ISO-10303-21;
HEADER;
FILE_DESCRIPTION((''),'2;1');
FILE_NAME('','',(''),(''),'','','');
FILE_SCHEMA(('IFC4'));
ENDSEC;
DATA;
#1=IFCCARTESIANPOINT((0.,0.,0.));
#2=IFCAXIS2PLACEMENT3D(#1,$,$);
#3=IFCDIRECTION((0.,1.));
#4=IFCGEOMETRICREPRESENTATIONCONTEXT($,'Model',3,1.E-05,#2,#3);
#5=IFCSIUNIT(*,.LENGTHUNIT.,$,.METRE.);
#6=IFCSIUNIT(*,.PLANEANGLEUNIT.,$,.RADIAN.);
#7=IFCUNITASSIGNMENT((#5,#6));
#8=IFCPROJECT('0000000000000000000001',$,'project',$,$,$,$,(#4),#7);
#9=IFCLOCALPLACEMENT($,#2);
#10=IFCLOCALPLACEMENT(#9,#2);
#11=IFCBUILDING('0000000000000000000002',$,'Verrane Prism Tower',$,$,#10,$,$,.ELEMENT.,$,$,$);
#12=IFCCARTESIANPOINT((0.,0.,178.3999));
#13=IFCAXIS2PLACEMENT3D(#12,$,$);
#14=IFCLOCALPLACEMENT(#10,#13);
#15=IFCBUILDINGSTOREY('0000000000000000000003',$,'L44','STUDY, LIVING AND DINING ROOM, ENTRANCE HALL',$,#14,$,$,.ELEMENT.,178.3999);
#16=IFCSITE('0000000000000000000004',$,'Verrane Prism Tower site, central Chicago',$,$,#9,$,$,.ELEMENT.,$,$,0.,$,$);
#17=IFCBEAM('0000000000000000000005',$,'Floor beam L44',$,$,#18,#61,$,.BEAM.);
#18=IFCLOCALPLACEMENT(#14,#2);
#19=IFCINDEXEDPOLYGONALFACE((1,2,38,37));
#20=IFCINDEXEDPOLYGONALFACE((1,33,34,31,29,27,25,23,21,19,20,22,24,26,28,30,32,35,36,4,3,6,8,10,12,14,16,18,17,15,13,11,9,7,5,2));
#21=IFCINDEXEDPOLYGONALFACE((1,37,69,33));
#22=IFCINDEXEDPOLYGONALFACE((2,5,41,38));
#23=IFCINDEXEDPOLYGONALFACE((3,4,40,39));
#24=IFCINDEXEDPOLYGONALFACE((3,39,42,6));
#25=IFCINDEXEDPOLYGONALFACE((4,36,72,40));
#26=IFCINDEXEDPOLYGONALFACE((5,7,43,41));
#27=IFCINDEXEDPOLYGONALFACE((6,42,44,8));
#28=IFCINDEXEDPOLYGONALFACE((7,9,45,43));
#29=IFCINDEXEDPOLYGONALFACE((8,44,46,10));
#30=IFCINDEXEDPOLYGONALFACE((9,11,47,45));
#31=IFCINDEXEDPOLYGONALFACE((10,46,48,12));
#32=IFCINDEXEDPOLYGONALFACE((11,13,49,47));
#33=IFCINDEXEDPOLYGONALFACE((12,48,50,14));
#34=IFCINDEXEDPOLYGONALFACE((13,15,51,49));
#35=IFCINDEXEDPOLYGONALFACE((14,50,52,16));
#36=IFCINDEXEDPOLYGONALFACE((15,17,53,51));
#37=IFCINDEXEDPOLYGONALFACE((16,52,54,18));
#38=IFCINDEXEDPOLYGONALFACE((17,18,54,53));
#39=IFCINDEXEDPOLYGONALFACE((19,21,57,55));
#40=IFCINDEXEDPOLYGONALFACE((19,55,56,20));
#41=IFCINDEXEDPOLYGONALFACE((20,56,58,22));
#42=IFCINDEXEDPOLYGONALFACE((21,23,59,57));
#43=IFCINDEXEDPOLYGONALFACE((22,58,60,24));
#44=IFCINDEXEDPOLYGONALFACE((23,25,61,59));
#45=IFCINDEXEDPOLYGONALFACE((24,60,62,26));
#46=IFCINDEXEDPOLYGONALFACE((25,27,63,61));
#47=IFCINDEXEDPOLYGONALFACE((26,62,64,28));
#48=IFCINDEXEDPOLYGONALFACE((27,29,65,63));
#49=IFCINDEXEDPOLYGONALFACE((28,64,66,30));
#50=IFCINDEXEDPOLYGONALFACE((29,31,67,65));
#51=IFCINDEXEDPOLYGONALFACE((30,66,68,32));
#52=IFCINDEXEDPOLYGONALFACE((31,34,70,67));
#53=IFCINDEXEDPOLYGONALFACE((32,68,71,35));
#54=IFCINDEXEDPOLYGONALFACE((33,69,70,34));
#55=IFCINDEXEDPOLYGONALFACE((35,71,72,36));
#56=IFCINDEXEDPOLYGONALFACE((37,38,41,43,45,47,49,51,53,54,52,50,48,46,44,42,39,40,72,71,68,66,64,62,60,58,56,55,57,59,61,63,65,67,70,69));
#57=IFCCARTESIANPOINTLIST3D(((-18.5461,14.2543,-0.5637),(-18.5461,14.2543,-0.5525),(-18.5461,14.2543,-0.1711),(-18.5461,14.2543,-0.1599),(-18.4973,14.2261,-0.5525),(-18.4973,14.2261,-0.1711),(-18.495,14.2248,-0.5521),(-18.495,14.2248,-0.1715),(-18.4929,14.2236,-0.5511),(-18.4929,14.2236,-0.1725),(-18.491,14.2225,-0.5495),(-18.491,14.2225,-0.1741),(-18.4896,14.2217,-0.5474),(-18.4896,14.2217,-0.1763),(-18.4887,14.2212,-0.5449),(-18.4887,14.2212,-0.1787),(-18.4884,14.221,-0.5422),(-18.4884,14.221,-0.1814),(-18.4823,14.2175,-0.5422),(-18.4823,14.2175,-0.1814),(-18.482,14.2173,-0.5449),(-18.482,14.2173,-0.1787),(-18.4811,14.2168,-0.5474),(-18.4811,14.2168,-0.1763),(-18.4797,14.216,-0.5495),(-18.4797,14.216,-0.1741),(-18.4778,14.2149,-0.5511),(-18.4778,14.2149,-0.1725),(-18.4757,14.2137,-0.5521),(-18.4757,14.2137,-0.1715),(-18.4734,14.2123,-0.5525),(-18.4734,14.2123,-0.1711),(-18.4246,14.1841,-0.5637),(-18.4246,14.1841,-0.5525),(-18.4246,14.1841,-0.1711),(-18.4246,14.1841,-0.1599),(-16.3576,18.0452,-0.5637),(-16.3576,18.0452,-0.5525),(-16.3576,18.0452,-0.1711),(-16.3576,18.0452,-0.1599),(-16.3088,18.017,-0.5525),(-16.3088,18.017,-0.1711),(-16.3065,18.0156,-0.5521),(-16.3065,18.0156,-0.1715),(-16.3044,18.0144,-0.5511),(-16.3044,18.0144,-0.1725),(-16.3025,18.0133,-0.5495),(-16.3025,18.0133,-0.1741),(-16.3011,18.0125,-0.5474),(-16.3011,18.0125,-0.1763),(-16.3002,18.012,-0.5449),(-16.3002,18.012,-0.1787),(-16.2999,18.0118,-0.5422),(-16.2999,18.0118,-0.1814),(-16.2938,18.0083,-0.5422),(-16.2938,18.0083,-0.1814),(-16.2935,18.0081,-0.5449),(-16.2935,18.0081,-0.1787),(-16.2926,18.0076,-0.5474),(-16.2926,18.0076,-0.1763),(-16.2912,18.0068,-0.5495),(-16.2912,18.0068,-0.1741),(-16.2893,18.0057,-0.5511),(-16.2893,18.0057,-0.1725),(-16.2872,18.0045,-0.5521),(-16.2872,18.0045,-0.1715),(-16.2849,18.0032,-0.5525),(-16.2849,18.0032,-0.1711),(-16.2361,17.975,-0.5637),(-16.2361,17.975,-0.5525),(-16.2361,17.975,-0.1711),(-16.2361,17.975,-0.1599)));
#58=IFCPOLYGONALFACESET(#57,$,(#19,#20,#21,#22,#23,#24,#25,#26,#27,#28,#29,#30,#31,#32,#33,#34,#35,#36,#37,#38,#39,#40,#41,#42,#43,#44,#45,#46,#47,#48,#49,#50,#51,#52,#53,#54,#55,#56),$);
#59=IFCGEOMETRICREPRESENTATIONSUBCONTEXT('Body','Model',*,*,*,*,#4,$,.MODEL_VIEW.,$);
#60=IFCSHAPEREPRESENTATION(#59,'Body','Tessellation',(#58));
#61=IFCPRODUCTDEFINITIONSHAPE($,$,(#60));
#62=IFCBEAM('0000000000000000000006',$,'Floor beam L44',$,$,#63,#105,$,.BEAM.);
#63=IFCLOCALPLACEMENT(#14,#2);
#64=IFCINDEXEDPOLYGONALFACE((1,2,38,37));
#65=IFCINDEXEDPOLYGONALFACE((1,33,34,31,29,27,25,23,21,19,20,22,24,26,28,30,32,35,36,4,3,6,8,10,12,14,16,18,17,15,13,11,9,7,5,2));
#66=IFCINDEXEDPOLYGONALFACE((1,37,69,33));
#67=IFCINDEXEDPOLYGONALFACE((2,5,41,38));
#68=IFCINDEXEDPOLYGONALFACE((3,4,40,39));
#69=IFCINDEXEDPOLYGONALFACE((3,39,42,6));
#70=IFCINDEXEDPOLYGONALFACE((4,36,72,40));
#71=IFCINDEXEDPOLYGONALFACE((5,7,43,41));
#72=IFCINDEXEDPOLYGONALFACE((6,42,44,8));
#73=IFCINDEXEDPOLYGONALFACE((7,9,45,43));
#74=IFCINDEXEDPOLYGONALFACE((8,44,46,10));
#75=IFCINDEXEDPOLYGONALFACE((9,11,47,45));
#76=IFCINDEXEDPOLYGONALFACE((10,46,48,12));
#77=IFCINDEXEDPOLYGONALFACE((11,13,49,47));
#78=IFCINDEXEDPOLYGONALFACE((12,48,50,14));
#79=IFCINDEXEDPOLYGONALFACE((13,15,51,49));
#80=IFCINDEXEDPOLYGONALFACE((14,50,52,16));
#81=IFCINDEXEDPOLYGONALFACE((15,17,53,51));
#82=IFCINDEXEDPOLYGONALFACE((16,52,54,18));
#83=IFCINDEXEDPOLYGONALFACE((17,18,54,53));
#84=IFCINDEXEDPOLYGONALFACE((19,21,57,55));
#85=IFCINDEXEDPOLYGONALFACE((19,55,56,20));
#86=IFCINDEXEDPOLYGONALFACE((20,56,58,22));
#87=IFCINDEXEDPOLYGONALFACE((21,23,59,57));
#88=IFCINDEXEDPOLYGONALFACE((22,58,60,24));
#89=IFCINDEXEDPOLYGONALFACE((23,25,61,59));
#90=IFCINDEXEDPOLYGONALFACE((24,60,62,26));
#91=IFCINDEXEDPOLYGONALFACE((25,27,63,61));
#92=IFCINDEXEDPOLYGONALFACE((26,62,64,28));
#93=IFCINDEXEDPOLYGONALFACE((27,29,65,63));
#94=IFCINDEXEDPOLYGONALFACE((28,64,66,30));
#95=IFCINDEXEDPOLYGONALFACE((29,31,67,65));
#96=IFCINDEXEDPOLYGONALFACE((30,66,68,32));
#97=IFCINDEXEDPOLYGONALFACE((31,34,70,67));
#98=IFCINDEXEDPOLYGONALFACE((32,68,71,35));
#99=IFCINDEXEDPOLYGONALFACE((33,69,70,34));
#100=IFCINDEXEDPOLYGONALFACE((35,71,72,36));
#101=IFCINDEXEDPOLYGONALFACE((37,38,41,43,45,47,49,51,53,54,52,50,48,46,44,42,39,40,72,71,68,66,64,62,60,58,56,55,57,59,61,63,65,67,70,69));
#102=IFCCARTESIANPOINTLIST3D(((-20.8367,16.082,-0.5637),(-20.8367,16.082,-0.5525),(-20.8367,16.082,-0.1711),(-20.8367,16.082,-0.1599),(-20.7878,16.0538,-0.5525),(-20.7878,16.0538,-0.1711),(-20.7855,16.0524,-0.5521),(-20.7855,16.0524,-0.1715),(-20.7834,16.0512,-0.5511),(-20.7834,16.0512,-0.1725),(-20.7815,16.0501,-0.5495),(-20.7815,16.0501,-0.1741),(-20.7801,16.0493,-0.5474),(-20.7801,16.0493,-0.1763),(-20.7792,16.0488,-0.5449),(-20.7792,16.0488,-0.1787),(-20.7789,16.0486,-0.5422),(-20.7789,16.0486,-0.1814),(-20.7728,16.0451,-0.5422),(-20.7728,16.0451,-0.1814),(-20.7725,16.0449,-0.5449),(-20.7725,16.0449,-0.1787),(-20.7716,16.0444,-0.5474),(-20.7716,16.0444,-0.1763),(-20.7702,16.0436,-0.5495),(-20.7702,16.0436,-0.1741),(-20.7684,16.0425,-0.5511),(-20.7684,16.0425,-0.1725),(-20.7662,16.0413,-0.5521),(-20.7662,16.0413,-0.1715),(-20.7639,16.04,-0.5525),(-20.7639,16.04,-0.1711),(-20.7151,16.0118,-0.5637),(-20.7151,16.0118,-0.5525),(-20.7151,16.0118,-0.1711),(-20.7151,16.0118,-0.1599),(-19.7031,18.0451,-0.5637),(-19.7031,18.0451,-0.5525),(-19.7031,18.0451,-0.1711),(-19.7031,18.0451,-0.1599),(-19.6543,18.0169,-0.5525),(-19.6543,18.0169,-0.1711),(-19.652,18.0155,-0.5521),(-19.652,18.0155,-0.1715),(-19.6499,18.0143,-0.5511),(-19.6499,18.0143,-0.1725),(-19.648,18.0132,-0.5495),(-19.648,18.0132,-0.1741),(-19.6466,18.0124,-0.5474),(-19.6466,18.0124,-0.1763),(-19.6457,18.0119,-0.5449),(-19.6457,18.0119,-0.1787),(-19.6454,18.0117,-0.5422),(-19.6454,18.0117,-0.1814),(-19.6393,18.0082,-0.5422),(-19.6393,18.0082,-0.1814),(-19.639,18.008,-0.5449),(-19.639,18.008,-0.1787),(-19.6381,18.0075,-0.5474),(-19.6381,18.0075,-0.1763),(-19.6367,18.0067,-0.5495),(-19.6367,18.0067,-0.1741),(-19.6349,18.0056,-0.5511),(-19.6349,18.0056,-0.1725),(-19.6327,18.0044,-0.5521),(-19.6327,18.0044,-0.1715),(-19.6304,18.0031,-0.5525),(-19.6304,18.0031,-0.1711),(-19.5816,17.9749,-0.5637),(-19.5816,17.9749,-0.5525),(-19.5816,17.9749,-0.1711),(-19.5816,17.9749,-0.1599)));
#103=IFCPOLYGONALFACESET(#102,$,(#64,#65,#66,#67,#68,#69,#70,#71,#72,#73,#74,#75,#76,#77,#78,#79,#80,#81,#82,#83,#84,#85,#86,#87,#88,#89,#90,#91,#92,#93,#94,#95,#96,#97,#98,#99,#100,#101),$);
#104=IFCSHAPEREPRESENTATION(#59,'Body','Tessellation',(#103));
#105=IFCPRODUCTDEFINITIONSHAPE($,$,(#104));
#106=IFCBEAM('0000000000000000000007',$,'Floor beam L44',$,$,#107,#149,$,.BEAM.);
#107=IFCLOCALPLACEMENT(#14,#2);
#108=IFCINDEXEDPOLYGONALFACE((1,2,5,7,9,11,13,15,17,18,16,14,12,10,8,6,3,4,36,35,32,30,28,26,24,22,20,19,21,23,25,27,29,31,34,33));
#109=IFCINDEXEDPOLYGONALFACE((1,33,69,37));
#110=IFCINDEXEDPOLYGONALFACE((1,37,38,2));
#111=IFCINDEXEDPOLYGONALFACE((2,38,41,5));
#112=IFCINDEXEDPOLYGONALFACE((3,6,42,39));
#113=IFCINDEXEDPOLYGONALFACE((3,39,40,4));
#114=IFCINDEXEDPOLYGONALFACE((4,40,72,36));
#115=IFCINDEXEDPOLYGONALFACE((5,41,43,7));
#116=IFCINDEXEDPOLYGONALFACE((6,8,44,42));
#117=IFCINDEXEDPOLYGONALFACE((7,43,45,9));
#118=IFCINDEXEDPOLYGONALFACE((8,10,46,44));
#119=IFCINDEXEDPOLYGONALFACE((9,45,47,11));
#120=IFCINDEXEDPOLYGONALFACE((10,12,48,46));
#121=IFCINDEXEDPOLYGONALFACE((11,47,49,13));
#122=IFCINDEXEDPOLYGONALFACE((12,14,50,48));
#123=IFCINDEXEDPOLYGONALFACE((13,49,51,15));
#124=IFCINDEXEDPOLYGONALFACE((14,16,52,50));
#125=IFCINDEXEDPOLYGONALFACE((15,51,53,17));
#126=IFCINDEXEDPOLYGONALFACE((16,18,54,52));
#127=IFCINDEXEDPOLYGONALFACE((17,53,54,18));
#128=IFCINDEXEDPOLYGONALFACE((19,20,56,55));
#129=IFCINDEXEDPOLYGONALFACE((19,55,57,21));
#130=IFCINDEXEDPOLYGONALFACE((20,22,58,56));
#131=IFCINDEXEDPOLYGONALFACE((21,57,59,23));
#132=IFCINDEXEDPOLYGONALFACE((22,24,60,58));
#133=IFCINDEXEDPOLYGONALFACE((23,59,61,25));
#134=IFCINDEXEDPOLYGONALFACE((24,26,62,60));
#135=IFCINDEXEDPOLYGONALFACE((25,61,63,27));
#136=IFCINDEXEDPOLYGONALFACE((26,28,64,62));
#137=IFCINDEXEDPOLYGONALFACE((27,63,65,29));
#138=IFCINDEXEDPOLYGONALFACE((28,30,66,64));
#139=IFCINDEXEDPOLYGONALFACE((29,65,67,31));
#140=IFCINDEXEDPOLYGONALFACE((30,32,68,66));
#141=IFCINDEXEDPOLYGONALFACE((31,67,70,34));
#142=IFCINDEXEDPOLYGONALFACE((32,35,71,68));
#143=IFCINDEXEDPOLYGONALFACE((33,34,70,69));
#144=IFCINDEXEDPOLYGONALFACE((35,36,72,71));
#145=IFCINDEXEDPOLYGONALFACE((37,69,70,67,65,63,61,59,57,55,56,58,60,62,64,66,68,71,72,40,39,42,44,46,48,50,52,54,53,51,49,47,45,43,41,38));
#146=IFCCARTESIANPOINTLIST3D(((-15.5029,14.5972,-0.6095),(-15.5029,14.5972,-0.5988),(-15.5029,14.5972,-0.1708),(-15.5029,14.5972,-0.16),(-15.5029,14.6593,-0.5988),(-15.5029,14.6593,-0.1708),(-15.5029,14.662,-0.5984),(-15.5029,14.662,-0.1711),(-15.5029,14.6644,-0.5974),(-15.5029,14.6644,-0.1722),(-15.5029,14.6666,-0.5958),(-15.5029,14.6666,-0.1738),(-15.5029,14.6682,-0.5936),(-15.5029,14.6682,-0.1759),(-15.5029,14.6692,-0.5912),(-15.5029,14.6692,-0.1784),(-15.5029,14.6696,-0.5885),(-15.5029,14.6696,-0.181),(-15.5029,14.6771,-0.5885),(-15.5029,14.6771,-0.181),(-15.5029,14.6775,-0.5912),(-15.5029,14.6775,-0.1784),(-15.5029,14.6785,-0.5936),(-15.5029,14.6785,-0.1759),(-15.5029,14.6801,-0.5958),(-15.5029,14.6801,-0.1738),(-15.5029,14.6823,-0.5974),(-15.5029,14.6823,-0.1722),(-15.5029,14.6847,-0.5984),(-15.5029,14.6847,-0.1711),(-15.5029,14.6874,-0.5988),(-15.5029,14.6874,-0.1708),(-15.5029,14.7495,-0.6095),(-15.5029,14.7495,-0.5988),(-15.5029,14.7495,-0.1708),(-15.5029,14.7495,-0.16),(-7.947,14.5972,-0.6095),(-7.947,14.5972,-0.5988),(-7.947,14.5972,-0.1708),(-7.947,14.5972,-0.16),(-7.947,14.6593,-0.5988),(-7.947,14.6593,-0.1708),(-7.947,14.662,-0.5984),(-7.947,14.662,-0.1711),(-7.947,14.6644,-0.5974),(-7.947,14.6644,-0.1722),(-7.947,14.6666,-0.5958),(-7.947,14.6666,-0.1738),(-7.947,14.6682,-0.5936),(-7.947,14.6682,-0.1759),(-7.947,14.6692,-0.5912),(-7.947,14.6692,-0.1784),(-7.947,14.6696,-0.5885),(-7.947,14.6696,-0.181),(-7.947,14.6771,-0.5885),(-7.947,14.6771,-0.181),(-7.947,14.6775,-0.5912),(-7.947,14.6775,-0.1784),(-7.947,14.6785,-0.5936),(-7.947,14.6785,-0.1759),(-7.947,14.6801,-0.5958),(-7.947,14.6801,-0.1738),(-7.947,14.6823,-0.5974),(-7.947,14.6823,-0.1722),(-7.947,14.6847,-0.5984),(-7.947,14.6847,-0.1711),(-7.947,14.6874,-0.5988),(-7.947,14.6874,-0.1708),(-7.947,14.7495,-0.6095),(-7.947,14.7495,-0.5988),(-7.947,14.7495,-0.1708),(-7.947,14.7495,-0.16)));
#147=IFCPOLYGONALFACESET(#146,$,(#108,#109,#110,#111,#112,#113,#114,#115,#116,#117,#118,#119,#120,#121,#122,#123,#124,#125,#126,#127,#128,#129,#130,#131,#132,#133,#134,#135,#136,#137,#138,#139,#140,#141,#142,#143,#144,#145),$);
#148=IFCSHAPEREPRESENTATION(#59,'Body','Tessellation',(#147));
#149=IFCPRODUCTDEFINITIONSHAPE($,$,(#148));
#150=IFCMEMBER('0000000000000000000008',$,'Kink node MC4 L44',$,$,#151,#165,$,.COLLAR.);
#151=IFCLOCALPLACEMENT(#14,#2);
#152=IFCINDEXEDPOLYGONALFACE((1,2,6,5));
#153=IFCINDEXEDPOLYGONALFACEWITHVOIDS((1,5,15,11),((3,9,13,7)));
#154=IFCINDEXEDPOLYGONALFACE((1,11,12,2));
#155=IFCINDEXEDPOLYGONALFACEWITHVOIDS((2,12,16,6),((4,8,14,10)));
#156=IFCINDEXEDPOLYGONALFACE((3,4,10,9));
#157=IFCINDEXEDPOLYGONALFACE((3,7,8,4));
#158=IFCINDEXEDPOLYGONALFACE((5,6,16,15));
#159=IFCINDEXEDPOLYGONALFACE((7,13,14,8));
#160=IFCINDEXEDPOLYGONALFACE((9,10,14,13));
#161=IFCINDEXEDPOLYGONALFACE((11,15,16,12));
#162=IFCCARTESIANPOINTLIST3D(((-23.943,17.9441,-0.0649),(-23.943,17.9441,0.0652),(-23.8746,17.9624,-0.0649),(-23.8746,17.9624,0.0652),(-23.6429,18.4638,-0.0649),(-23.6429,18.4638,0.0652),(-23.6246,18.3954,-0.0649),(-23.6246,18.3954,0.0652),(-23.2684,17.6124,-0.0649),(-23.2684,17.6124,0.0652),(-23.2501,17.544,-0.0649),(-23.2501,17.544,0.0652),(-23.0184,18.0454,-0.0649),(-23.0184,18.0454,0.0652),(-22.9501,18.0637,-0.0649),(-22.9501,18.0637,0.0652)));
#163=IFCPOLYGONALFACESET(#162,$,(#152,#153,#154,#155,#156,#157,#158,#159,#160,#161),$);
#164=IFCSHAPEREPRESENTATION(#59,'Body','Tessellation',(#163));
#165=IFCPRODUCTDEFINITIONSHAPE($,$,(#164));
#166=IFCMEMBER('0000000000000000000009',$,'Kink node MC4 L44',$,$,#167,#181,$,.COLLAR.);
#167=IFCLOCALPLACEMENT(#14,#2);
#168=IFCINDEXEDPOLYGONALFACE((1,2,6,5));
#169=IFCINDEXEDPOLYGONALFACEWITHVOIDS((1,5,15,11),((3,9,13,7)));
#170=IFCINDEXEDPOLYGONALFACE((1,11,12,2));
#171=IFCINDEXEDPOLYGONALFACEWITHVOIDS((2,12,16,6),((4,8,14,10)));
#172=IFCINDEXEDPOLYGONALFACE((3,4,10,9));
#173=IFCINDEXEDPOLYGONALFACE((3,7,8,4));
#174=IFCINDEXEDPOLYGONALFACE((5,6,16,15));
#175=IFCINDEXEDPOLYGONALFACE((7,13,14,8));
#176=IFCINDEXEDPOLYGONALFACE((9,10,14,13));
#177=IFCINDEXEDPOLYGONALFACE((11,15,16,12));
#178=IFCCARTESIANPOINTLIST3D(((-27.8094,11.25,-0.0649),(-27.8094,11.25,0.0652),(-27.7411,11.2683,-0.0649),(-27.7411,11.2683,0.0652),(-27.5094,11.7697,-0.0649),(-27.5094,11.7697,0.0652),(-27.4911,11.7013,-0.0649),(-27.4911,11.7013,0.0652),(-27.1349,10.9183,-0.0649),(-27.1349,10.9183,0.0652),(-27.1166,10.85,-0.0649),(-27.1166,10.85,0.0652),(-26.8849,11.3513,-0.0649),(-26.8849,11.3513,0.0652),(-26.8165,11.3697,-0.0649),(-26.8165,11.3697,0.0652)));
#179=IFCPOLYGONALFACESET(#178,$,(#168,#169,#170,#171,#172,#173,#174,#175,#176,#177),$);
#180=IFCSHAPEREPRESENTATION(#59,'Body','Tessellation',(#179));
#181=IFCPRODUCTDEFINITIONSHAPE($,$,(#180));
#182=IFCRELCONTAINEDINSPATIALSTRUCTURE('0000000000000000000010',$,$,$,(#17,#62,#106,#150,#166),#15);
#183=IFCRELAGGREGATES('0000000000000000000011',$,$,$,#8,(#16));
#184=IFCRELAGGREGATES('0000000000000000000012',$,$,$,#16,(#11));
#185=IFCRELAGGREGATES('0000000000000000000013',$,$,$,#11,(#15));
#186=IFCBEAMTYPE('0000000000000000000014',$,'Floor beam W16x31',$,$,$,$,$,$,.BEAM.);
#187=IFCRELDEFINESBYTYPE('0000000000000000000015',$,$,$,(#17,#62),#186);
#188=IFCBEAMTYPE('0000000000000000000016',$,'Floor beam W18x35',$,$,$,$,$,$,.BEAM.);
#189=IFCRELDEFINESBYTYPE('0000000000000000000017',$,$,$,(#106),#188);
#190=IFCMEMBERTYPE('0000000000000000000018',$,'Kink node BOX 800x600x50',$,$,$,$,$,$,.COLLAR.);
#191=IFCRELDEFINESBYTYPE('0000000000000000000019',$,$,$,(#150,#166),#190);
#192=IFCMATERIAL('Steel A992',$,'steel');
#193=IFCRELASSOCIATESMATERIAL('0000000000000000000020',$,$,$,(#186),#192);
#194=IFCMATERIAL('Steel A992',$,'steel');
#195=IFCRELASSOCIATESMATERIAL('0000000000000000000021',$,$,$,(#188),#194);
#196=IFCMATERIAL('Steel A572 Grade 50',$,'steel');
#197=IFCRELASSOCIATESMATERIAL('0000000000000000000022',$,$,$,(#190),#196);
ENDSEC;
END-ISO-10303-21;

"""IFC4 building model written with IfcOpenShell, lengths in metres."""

from ifc_helpers import new_model, si_unit, direction, frame, origin, origin_2d, place, context, subcontext, project, spatial, hollow_rectangle, i_section, extrude, material, material_profile, profile_set, type_object, element, save


model = new_model("IFC4")

# Units and contexts
model_context = context("Model", 3, precision=1e-05, world=origin(), true_north=direction((0.0, 1.0)))
body_context = subcontext(model_context, "Body", "Model", "MODEL_VIEW")
ifc_project = project(units=[si_unit("LENGTHUNIT", "METRE"), si_unit("PLANEANGLEUNIT", "RADIAN")], contexts=[model_context])

# Site, building, storey
site_placement = place(None, origin())
site = spatial("IfcSite", under=ifc_project, at=site_placement, Name="Verrane Prism Tower site, central Chicago", CompositionType="ELEMENT", RefElevation=0.0)
building_placement = place(site_placement, origin())
building = spatial("IfcBuilding", under=site, at=building_placement, Name="Verrane Prism Tower", CompositionType="ELEMENT")
storey_placement = place(building_placement, frame((0.0, 0.0, 178.3999)))
storey = spatial("IfcBuildingStorey", under=building, at=storey_placement, Name="L44", Description="STUDY, LIVING AND DINING ROOM, ENTRANCE HALL", CompositionType="ELEMENT", Elevation=178.3999)

# Beams
ifc_material_1 = material(Name="Steel A992", Category="steel")
ifc_material_profile_1 = material_profile(ifc_material_1, i_section(OverallWidth=0.1404, OverallDepth=0.4038, WebThickness=0.0071, FlangeThickness=0.0112, FilletRadius=0.0103, at=origin_2d()), Name="W16x31")
ifc_profile_set_1 = profile_set([ifc_material_profile_1], Name="Steel A992")
beam_type_1 = type_object("IfcBeamType", Name="Floor beam W16x31", PredefinedType="BEAM", material=ifc_profile_set_1)
beam_1_placement = place(storey_placement, frame((-18.4854, 14.2192, -0.3618), z_axis=(0.499978, 0.866038, 0.0), x_axis=(-0.866038, 0.499978, 0.0)))
element("IfcBeam", 1, at=beam_1_placement, inside=storey, type_object=beam_type_1, Name="Floor beam L44", PredefinedType="BEAM", context=body_context, shape_type="SweptSolid", body=[
    extrude(i_section(OverallWidth=0.1404, OverallDepth=0.4038, WebThickness=0.0071, FlangeThickness=0.0112, FilletRadius=0.0103, at=origin_2d()), origin(), (0.0, 0.0, 1.0), 4.3772),
])
beam_2_placement = place(storey_placement, frame((-20.7759, 16.0469, -0.3618), z_axis=(0.500043, 0.866001, 0.0), x_axis=(-0.866001, 0.500043, 0.0)))
element("IfcBeam", 2, at=beam_2_placement, inside=storey, type_object=beam_type_1, Name="Floor beam L44", PredefinedType="BEAM", context=body_context, shape_type="SweptSolid", body=[
    extrude(i_section(OverallWidth=0.1404, OverallDepth=0.4038, WebThickness=0.0071, FlangeThickness=0.0112, FilletRadius=0.0103, at=origin_2d()), origin(), (0.0, 0.0, 1.0), 2.2668),
])
ifc_material_2 = material(Name="Steel A992", Category="steel")
ifc_material_profile_2 = material_profile(ifc_material_2, i_section(OverallWidth=0.1523, OverallDepth=0.4495, WebThickness=0.0076, FlangeThickness=0.0107, FilletRadius=0.0103, at=origin_2d()), Name="W18x35")
ifc_profile_set_2 = profile_set([ifc_material_profile_2], Name="Steel A992")
beam_type_2 = type_object("IfcBeamType", Name="Floor beam W18x35", PredefinedType="BEAM", material=ifc_profile_set_2)
beam_3_placement = place(storey_placement, frame((-15.5029, 14.6733, -0.3848), z_axis=(1.0, 0.0, 0.0), x_axis=(0.0, 1.0, 0.0)))
element("IfcBeam", 3, at=beam_3_placement, inside=storey, type_object=beam_type_2, Name="Floor beam L44", PredefinedType="BEAM", context=body_context, shape_type="SweptSolid", body=[
    extrude(i_section(OverallWidth=0.1523, OverallDepth=0.4495, WebThickness=0.0076, FlangeThickness=0.0107, FilletRadius=0.0103, at=origin_2d()), origin(), (0.0, 0.0, 1.0), 7.5559),
])

# Members
ifc_material_3 = material(Name="Steel A572 Grade 50", Category="steel")
ifc_material_profile_3 = material_profile(ifc_material_3, hollow_rectangle(XDim=0.6001, YDim=0.8, WallThickness=0.05, at=origin_2d()), Name="BOX 800x600x50")
ifc_profile_set_3 = profile_set([ifc_material_profile_3], Name="Steel A572 Grade 50")
member_type_1 = type_object("IfcMemberType", Name="Kink node BOX 800x600x50", PredefinedType="COLLAR", material=ifc_profile_set_3)
for number, where, z_axis, x_axis, name in (
    (4, (-23.4465, 18.0039, -0.0649), (0.0, 0.0, 1.0), (0.5, 0.866025, 0.0), "Kink node MC4 L44"),
    (5, (-27.313, 11.3098, -0.0649), (0.0, 0.0, 1.0), (0.5, 0.866025, 0.0), "Kink node MC4 L44"),
):
    element("IfcMember", number, at=place(storey_placement, frame(where, z_axis=z_axis, x_axis=x_axis)), inside=storey, type_object=member_type_1, Name=name, PredefinedType="COLLAR", context=body_context, shape_type="SweptSolid", body=[
        extrude(hollow_rectangle(XDim=0.6001, YDim=0.8, WallThickness=0.05, at=origin_2d()), origin(), (0.0, 0.0, 1.0), 0.1301),
    ])

save(model, "model.ifc")
